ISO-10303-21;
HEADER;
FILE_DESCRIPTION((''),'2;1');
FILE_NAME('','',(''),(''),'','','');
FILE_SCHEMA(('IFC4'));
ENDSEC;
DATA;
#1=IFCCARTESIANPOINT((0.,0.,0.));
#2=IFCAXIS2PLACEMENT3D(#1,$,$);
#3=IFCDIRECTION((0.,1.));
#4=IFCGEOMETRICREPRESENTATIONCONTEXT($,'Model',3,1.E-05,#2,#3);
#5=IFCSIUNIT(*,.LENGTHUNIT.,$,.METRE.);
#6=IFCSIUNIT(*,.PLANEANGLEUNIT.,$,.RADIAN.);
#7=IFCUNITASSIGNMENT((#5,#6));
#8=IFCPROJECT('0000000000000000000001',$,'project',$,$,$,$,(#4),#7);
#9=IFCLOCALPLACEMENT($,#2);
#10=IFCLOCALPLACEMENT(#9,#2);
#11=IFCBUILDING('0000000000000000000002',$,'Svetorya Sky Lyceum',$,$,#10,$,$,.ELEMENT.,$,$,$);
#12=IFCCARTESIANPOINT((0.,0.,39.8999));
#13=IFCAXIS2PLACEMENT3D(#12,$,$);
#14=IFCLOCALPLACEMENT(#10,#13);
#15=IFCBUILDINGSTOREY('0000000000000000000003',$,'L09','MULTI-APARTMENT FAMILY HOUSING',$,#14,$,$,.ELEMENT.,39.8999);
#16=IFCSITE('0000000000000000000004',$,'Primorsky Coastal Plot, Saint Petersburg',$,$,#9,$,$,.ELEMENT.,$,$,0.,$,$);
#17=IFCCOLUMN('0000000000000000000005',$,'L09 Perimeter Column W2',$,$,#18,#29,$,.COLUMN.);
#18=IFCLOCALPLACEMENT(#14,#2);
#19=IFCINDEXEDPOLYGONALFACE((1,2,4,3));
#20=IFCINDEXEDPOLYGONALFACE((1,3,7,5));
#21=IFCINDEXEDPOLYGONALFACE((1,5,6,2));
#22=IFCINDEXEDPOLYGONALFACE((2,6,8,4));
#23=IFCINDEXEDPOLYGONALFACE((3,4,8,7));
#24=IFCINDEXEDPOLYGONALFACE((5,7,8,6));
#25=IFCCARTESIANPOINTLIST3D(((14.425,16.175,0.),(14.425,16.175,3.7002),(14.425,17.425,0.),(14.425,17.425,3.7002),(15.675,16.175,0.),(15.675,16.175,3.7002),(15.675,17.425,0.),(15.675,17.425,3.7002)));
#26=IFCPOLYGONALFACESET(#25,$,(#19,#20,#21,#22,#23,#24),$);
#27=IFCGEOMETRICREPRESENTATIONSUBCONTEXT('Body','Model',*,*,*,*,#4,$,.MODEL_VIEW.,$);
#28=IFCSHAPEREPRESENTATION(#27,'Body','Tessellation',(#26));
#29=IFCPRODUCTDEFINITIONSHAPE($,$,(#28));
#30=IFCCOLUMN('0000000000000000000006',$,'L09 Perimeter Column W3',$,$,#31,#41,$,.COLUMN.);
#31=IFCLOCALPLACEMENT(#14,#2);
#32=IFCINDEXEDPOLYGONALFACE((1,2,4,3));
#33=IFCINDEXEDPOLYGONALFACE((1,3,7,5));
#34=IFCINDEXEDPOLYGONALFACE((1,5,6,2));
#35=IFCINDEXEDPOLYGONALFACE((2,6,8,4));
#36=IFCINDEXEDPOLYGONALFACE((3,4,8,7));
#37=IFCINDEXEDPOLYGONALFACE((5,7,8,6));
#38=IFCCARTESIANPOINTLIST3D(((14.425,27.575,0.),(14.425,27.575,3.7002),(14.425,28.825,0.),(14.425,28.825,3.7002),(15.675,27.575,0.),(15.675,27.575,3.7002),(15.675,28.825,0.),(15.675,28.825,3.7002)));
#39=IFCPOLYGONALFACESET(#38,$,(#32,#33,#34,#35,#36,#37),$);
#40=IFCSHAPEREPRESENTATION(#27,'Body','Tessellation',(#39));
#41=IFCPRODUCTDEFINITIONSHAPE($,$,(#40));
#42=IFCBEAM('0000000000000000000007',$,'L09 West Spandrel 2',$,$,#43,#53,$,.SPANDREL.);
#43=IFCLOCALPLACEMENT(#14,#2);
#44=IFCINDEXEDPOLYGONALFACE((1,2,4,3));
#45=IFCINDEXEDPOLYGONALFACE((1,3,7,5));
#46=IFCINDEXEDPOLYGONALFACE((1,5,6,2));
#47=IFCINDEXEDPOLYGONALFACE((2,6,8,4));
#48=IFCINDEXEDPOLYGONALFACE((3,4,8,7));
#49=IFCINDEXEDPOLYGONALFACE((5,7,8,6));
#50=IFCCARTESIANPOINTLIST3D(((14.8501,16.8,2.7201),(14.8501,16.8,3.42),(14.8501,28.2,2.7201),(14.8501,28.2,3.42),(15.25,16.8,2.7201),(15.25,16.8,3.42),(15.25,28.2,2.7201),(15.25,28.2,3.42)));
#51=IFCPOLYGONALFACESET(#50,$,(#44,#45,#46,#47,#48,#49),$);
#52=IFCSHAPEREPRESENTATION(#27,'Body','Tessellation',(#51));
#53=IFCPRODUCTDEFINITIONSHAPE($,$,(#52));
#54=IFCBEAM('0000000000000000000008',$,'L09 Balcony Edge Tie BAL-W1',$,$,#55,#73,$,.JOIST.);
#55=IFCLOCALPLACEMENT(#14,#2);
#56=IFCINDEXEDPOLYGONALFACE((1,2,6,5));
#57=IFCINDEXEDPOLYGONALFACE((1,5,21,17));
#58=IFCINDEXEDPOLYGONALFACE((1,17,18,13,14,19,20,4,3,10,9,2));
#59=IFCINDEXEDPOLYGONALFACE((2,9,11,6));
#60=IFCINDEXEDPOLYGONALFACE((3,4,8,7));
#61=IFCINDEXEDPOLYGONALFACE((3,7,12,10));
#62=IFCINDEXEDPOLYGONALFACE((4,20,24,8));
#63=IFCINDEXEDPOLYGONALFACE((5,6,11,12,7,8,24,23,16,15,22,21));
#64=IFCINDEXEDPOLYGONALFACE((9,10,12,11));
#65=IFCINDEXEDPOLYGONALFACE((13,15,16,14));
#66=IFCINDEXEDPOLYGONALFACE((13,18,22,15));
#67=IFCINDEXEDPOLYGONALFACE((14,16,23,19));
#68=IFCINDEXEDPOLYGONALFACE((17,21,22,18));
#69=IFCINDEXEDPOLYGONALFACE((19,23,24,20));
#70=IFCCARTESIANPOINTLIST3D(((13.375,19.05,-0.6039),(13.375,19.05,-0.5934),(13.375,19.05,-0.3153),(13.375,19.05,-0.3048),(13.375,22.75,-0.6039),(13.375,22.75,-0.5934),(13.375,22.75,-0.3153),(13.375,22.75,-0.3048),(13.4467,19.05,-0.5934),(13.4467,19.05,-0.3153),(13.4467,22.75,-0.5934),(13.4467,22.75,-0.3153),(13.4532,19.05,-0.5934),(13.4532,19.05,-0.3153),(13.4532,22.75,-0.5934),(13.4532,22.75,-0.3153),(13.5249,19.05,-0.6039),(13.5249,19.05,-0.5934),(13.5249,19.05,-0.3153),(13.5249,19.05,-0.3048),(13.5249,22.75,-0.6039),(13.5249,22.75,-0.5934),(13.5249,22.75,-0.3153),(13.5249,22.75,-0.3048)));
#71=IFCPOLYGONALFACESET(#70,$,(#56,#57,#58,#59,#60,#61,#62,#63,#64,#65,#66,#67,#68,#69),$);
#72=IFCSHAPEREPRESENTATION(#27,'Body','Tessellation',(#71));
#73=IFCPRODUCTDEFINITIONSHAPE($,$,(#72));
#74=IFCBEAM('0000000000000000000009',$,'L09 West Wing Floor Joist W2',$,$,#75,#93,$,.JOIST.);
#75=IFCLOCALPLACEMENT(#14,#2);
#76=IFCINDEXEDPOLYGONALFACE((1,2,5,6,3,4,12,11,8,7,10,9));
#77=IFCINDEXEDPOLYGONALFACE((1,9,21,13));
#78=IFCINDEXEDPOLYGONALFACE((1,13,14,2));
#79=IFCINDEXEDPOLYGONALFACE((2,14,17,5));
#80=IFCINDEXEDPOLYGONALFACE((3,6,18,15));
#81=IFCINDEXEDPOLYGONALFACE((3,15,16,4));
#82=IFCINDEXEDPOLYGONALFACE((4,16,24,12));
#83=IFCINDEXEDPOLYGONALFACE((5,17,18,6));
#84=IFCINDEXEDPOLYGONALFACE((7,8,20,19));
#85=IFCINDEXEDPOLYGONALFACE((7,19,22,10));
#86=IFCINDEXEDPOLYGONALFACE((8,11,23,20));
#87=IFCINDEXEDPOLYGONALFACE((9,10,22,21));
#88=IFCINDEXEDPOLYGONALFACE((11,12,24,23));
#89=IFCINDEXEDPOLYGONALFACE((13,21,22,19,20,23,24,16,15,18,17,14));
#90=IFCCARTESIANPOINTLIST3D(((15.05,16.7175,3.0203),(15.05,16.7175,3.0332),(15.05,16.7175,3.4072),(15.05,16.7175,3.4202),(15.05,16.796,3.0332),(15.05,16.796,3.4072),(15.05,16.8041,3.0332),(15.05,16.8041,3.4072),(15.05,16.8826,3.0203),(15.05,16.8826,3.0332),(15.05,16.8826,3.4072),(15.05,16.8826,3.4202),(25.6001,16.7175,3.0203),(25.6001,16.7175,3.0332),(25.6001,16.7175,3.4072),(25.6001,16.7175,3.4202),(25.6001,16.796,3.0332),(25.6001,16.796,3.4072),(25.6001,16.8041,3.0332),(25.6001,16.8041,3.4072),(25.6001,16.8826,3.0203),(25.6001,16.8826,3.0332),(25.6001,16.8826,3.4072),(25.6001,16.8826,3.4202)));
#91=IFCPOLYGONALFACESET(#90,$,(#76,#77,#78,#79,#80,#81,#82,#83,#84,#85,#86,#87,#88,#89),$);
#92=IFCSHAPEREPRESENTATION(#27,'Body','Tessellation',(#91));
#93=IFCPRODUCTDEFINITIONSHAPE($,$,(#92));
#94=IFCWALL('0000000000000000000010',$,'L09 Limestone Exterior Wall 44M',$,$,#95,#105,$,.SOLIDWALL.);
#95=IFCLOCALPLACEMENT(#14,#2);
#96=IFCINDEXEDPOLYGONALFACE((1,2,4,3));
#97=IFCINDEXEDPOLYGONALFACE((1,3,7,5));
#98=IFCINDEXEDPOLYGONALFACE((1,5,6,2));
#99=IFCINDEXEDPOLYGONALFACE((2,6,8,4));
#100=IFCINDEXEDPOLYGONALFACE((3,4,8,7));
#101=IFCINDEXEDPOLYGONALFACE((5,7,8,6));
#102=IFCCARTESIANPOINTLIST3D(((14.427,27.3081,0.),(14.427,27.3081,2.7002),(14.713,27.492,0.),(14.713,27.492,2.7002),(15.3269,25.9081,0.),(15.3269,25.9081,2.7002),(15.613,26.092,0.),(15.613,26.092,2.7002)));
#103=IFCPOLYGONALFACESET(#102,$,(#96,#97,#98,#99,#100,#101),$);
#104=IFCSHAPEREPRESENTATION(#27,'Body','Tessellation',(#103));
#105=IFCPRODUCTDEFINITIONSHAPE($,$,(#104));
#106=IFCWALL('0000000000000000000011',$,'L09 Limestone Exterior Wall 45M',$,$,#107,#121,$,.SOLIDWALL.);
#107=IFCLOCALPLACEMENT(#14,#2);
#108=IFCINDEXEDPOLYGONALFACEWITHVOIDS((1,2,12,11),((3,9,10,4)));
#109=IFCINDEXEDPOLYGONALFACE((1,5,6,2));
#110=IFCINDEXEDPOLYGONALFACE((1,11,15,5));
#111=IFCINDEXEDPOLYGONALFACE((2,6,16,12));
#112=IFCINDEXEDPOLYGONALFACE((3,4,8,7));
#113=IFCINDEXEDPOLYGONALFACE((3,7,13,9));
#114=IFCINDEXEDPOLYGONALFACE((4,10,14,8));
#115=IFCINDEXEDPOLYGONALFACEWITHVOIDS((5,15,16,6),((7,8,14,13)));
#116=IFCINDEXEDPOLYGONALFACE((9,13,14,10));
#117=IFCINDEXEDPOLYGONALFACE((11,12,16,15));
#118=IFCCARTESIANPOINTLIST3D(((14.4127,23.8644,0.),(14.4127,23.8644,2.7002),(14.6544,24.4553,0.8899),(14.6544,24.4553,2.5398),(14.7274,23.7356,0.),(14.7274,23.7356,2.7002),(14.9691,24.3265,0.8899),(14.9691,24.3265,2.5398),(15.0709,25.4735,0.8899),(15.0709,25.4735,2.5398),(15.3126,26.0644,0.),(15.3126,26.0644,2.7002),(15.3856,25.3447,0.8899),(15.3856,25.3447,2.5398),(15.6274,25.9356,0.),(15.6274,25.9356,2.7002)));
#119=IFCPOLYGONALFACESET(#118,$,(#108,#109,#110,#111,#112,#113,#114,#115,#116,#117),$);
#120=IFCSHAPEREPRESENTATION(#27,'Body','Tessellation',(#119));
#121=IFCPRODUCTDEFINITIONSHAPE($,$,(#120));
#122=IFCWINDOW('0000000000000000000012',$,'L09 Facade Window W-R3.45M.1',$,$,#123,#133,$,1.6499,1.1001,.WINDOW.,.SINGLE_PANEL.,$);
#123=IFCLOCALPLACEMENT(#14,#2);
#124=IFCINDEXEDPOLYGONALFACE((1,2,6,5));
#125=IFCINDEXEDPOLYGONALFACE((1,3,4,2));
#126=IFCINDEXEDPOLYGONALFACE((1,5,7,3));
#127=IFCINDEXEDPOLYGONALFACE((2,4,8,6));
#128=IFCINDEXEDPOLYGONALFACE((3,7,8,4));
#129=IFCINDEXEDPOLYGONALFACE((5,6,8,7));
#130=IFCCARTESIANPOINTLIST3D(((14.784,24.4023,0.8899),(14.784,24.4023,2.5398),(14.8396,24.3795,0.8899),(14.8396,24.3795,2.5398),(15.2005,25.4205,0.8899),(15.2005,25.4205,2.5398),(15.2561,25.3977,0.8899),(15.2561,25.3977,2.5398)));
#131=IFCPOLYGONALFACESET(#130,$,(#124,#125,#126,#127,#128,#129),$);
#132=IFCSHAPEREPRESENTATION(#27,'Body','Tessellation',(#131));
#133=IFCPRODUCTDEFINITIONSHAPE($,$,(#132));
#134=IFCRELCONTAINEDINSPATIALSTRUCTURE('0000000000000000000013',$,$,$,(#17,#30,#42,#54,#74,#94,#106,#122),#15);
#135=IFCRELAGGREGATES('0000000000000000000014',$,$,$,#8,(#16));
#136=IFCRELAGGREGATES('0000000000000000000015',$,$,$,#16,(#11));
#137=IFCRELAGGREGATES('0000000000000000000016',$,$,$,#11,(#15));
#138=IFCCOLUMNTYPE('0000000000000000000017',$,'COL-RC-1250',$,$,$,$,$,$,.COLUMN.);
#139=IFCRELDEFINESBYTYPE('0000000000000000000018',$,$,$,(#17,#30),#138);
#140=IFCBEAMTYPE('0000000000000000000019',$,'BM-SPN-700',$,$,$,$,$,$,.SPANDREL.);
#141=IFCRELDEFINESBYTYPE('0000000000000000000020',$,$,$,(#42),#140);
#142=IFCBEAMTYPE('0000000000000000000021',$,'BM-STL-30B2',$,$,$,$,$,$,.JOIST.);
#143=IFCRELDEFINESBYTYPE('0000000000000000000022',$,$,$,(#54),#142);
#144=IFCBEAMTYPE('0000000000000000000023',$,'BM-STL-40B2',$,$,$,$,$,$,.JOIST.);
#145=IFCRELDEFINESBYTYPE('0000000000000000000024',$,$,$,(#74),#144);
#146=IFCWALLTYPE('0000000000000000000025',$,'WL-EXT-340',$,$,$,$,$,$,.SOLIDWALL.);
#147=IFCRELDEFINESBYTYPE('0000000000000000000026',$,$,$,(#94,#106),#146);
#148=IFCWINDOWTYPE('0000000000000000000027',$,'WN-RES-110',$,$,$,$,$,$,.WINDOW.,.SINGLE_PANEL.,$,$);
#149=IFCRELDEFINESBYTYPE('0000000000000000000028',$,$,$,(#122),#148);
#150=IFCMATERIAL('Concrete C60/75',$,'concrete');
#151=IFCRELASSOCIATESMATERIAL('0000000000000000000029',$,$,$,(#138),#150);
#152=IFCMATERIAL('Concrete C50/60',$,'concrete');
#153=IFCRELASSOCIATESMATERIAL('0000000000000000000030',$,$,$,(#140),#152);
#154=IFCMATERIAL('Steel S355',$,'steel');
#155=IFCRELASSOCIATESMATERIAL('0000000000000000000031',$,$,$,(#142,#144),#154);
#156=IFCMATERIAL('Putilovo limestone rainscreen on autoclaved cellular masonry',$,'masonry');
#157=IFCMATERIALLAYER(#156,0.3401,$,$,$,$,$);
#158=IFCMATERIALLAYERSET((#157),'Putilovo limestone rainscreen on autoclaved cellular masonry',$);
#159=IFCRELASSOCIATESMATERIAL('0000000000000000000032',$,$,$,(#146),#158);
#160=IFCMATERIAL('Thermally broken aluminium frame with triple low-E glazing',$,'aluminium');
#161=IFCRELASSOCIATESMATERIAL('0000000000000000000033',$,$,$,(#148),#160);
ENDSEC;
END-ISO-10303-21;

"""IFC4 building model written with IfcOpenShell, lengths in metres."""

from ifc_helpers import new_model, si_unit, direction, frame, frame_2d, origin, origin_2d, place, context, subcontext, project, spatial, rectangle, i_section, extrude, material, layer, layer_set, material_profile, profile_set, type_object, element, fill, save


model = new_model("IFC4")

# Units and contexts
model_context = context("Model", 3, precision=1e-05, world=origin(), true_north=direction((0.0, 1.0)))
body_context = subcontext(model_context, "Body", "Model", "MODEL_VIEW")
ifc_project = project(units=[si_unit("LENGTHUNIT", "METRE"), si_unit("PLANEANGLEUNIT", "RADIAN")], contexts=[model_context])

# Site, building, storey
site_placement = place(None, origin())
site = spatial("IfcSite", under=ifc_project, at=site_placement, Name="Primorsky Coastal Plot, Saint Petersburg", CompositionType="ELEMENT", RefElevation=0.0)
building_placement = place(site_placement, origin())
building = spatial("IfcBuilding", under=site, at=building_placement, Name="Svetorya Sky Lyceum", CompositionType="ELEMENT")
storey_placement = place(building_placement, frame((0.0, 0.0, 39.8999)))
storey = spatial("IfcBuildingStorey", under=building, at=storey_placement, Name="L09", Description="MULTI-APARTMENT FAMILY HOUSING", CompositionType="ELEMENT", Elevation=39.8999)

# Columns
ifc_material_1 = material(Name="Concrete C60/75", Category="concrete")
ifc_material_profile_1 = material_profile(ifc_material_1, rectangle(XDim=1.25, YDim=1.25, at=origin_2d()), Name="RC COL 1250x1250")
ifc_profile_set_1 = profile_set([ifc_material_profile_1], Name="Concrete C60/75")
column_type = type_object("IfcColumnType", Name="COL-RC-1250", PredefinedType="COLUMN", material=ifc_profile_set_1)
for number, where, z_axis, x_axis, name in (
    (1, (15.05, 16.8, 0.0), (0.0, 0.0, 1.0), (1.0, 0.0, 0.0), "L09 Perimeter Column W2"),
    (2, (15.05, 28.2, 0.0), (0.0, 0.0, 1.0), (1.0, 0.0, 0.0), "L09 Perimeter Column W3"),
):
    element("IfcColumn", number, at=place(storey_placement, frame(where, z_axis=z_axis, x_axis=x_axis)), inside=storey, type_object=column_type, Name=name, PredefinedType="COLUMN", context=body_context, shape_type="SweptSolid", body=[
        extrude(rectangle(XDim=1.25, YDim=1.25, at=origin_2d()), origin(), (0.0, 0.0, 1.0), 3.7002),
    ])

# Beams
ifc_material_2 = material(Name="Concrete C50/60", Category="concrete")
ifc_material_profile_2 = material_profile(ifc_material_2, rectangle(XDim=0.3999, YDim=0.7, at=origin_2d()), Name="RC SPANDREL 400x700")
ifc_profile_set_2 = profile_set([ifc_material_profile_2], Name="Concrete C50/60")
beam_type_1 = type_object("IfcBeamType", Name="BM-SPN-700", PredefinedType="SPANDREL", material=ifc_profile_set_2)
beam_1_placement = place(storey_placement, frame((15.05, 16.8, 3.0701), z_axis=(0.0, 1.0, 0.0), x_axis=(-1.0, 0.0, 0.0)))
element("IfcBeam", 3, at=beam_1_placement, inside=storey, type_object=beam_type_1, Name="L09 West Spandrel 2", PredefinedType="SPANDREL", context=body_context, shape_type="SweptSolid", body=[
    extrude(rectangle(XDim=0.3999, YDim=0.7, at=origin_2d()), origin(), (0.0, 0.0, 1.0), 11.3999),
])
ifc_material_3 = material(Name="Steel S355", Category="steel")
ifc_material_profile_3 = material_profile(ifc_material_3, i_section(OverallWidth=0.1499, OverallDepth=0.2991, WebThickness=0.0066, FlangeThickness=0.0105, at=origin_2d()), Name="GOST 30B2")
ifc_profile_set_3 = profile_set([ifc_material_profile_3], Name="Steel S355")
beam_type_2 = type_object("IfcBeamType", Name="BM-STL-30B2", PredefinedType="JOIST", material=ifc_profile_set_3)
beam_2_placement = place(storey_placement, frame((13.45, 19.05, -0.4543), z_axis=(0.0, 1.0, 0.0), x_axis=(-1.0, 0.0, 0.0)))
element("IfcBeam", 4, at=beam_2_placement, inside=storey, type_object=beam_type_2, Name="L09 Balcony Edge Tie BAL-W1", PredefinedType="JOIST", context=body_context, shape_type="SweptSolid", body=[
    extrude(i_section(OverallWidth=0.1499, OverallDepth=0.2991, WebThickness=0.0066, FlangeThickness=0.0105, at=origin_2d()), origin(), (0.0, 0.0, 1.0), 3.7),
])
ifc_material_profile_4 = material_profile(ifc_material_3, i_section(OverallWidth=0.165, OverallDepth=0.3999, WebThickness=0.0081, FlangeThickness=0.0129, at=origin_2d()), Name="GOST 40B2")
ifc_profile_set_4 = profile_set([ifc_material_profile_4], Name="Steel S355")
beam_type_3 = type_object("IfcBeamType", Name="BM-STL-40B2", PredefinedType="JOIST", material=ifc_profile_set_4)
beam_3_placement = place(storey_placement, frame((15.05, 16.8, 3.2202), z_axis=(1.0, 0.0, 0.0), x_axis=(0.0, 1.0, 0.0)))
element("IfcBeam", 5, at=beam_3_placement, inside=storey, type_object=beam_type_3, Name="L09 West Wing Floor Joist W2", PredefinedType="JOIST", context=body_context, shape_type="SweptSolid", body=[
    extrude(i_section(OverallWidth=0.165, OverallDepth=0.3999, WebThickness=0.0081, FlangeThickness=0.0129, at=origin_2d()), origin(), (0.0, 0.0, 1.0), 10.55),
])

# Wall
ifc_material_4 = material(Name="Putilovo limestone rainscreen on autoclaved cellular masonry", Category="masonry")
ifc_layer_1 = layer(ifc_material_4, 0.3401)
ifc_layer_set_1 = layer_set([ifc_layer_1], Name="Putilovo limestone rainscreen on autoclaved cellular masonry")
wall_type_1 = type_object("IfcWallType", Name="WL-EXT-340", PredefinedType="SOLIDWALL", material=ifc_layer_set_1)
wall_1_placement = place(storey_placement, frame((14.5701, 27.3999, 0.0), z_axis=(0.0, 0.0, 1.0), x_axis=(0.540743, -0.841188, 0.0)))
element("IfcWall", 6, at=wall_1_placement, inside=storey, type_object=wall_type_1, Name="L09 Limestone Exterior Wall 44M", PredefinedType="SOLIDWALL", context=body_context, shape_type="SweptSolid", body=[
    extrude(rectangle(XDim=1.6643, YDim=0.3401, at=frame_2d((0.832, 0.0))), origin(), (0.0, 0.0, 1.0), 2.7002),
])

# Wall, opening, window
wall_2_placement = place(storey_placement, frame((15.47, 26.0, 0.0), z_axis=(0.0, 0.0, 1.0), x_axis=(-0.378605, -0.925558, 0.0)))
wall_2 = element("IfcWall", 7, at=wall_2_placement, inside=storey, type_object=wall_type_1, Name="L09 Limestone Exterior Wall 45M", PredefinedType="SOLIDWALL", context=body_context, shape_type="SweptSolid", body=[
    extrude(rectangle(XDim=2.377, YDim=0.3401, at=frame_2d((1.1885, 0.0))), origin(), (0.0, 0.0, 1.0), 2.7002),
])
opening_1_placement = place(wall_2_placement, frame((0.6384, 0.0, 0.8899)))
opening_1 = element("IfcOpeningElement", 8, at=opening_1_placement, cuts=wall_2, PredefinedType="OPENING", context=body_context, shape_type="SweptSolid", body=[
    extrude(rectangle(XDim=1.1001, YDim=1.6499, at=frame_2d((0.55, 0.825))), frame((0.0, 0.1799, 0.0), z_axis=(0.0, -1.0, 0.0), x_axis=(1.0, 0.0, 0.0)), (0.0, 0.0, 1.0), 0.3601),
])
ifc_material_5 = material(Name="Thermally broken aluminium frame with triple low-E glazing", Category="aluminium")
window_type_1 = type_object("IfcWindowType", Name="WN-RES-110", PartitioningType="SINGLE_PANEL", PredefinedType="WINDOW", material=ifc_material_5)
window_1_placement = place(opening_1_placement, origin())
window_1 = element("IfcWindow", 9, at=window_1_placement, inside=storey, type_object=window_type_1, Name="L09 Facade Window W-R3.45M.1", OverallHeight=1.6499, OverallWidth=1.1001, PartitioningType="SINGLE_PANEL", PredefinedType="WINDOW", context=body_context, shape_type="SweptSolid", body=[
    extrude(rectangle(XDim=1.1001, YDim=1.6499, at=frame_2d((0.55, 0.825))), frame((0.0, 0.03, 0.0), z_axis=(0.0, -1.0, 0.0), x_axis=(1.0, 0.0, 0.0)), (0.0, 0.0, 1.0), 0.0601),
])
fill(opening_1, window_1)

save(model, "model.ifc")
